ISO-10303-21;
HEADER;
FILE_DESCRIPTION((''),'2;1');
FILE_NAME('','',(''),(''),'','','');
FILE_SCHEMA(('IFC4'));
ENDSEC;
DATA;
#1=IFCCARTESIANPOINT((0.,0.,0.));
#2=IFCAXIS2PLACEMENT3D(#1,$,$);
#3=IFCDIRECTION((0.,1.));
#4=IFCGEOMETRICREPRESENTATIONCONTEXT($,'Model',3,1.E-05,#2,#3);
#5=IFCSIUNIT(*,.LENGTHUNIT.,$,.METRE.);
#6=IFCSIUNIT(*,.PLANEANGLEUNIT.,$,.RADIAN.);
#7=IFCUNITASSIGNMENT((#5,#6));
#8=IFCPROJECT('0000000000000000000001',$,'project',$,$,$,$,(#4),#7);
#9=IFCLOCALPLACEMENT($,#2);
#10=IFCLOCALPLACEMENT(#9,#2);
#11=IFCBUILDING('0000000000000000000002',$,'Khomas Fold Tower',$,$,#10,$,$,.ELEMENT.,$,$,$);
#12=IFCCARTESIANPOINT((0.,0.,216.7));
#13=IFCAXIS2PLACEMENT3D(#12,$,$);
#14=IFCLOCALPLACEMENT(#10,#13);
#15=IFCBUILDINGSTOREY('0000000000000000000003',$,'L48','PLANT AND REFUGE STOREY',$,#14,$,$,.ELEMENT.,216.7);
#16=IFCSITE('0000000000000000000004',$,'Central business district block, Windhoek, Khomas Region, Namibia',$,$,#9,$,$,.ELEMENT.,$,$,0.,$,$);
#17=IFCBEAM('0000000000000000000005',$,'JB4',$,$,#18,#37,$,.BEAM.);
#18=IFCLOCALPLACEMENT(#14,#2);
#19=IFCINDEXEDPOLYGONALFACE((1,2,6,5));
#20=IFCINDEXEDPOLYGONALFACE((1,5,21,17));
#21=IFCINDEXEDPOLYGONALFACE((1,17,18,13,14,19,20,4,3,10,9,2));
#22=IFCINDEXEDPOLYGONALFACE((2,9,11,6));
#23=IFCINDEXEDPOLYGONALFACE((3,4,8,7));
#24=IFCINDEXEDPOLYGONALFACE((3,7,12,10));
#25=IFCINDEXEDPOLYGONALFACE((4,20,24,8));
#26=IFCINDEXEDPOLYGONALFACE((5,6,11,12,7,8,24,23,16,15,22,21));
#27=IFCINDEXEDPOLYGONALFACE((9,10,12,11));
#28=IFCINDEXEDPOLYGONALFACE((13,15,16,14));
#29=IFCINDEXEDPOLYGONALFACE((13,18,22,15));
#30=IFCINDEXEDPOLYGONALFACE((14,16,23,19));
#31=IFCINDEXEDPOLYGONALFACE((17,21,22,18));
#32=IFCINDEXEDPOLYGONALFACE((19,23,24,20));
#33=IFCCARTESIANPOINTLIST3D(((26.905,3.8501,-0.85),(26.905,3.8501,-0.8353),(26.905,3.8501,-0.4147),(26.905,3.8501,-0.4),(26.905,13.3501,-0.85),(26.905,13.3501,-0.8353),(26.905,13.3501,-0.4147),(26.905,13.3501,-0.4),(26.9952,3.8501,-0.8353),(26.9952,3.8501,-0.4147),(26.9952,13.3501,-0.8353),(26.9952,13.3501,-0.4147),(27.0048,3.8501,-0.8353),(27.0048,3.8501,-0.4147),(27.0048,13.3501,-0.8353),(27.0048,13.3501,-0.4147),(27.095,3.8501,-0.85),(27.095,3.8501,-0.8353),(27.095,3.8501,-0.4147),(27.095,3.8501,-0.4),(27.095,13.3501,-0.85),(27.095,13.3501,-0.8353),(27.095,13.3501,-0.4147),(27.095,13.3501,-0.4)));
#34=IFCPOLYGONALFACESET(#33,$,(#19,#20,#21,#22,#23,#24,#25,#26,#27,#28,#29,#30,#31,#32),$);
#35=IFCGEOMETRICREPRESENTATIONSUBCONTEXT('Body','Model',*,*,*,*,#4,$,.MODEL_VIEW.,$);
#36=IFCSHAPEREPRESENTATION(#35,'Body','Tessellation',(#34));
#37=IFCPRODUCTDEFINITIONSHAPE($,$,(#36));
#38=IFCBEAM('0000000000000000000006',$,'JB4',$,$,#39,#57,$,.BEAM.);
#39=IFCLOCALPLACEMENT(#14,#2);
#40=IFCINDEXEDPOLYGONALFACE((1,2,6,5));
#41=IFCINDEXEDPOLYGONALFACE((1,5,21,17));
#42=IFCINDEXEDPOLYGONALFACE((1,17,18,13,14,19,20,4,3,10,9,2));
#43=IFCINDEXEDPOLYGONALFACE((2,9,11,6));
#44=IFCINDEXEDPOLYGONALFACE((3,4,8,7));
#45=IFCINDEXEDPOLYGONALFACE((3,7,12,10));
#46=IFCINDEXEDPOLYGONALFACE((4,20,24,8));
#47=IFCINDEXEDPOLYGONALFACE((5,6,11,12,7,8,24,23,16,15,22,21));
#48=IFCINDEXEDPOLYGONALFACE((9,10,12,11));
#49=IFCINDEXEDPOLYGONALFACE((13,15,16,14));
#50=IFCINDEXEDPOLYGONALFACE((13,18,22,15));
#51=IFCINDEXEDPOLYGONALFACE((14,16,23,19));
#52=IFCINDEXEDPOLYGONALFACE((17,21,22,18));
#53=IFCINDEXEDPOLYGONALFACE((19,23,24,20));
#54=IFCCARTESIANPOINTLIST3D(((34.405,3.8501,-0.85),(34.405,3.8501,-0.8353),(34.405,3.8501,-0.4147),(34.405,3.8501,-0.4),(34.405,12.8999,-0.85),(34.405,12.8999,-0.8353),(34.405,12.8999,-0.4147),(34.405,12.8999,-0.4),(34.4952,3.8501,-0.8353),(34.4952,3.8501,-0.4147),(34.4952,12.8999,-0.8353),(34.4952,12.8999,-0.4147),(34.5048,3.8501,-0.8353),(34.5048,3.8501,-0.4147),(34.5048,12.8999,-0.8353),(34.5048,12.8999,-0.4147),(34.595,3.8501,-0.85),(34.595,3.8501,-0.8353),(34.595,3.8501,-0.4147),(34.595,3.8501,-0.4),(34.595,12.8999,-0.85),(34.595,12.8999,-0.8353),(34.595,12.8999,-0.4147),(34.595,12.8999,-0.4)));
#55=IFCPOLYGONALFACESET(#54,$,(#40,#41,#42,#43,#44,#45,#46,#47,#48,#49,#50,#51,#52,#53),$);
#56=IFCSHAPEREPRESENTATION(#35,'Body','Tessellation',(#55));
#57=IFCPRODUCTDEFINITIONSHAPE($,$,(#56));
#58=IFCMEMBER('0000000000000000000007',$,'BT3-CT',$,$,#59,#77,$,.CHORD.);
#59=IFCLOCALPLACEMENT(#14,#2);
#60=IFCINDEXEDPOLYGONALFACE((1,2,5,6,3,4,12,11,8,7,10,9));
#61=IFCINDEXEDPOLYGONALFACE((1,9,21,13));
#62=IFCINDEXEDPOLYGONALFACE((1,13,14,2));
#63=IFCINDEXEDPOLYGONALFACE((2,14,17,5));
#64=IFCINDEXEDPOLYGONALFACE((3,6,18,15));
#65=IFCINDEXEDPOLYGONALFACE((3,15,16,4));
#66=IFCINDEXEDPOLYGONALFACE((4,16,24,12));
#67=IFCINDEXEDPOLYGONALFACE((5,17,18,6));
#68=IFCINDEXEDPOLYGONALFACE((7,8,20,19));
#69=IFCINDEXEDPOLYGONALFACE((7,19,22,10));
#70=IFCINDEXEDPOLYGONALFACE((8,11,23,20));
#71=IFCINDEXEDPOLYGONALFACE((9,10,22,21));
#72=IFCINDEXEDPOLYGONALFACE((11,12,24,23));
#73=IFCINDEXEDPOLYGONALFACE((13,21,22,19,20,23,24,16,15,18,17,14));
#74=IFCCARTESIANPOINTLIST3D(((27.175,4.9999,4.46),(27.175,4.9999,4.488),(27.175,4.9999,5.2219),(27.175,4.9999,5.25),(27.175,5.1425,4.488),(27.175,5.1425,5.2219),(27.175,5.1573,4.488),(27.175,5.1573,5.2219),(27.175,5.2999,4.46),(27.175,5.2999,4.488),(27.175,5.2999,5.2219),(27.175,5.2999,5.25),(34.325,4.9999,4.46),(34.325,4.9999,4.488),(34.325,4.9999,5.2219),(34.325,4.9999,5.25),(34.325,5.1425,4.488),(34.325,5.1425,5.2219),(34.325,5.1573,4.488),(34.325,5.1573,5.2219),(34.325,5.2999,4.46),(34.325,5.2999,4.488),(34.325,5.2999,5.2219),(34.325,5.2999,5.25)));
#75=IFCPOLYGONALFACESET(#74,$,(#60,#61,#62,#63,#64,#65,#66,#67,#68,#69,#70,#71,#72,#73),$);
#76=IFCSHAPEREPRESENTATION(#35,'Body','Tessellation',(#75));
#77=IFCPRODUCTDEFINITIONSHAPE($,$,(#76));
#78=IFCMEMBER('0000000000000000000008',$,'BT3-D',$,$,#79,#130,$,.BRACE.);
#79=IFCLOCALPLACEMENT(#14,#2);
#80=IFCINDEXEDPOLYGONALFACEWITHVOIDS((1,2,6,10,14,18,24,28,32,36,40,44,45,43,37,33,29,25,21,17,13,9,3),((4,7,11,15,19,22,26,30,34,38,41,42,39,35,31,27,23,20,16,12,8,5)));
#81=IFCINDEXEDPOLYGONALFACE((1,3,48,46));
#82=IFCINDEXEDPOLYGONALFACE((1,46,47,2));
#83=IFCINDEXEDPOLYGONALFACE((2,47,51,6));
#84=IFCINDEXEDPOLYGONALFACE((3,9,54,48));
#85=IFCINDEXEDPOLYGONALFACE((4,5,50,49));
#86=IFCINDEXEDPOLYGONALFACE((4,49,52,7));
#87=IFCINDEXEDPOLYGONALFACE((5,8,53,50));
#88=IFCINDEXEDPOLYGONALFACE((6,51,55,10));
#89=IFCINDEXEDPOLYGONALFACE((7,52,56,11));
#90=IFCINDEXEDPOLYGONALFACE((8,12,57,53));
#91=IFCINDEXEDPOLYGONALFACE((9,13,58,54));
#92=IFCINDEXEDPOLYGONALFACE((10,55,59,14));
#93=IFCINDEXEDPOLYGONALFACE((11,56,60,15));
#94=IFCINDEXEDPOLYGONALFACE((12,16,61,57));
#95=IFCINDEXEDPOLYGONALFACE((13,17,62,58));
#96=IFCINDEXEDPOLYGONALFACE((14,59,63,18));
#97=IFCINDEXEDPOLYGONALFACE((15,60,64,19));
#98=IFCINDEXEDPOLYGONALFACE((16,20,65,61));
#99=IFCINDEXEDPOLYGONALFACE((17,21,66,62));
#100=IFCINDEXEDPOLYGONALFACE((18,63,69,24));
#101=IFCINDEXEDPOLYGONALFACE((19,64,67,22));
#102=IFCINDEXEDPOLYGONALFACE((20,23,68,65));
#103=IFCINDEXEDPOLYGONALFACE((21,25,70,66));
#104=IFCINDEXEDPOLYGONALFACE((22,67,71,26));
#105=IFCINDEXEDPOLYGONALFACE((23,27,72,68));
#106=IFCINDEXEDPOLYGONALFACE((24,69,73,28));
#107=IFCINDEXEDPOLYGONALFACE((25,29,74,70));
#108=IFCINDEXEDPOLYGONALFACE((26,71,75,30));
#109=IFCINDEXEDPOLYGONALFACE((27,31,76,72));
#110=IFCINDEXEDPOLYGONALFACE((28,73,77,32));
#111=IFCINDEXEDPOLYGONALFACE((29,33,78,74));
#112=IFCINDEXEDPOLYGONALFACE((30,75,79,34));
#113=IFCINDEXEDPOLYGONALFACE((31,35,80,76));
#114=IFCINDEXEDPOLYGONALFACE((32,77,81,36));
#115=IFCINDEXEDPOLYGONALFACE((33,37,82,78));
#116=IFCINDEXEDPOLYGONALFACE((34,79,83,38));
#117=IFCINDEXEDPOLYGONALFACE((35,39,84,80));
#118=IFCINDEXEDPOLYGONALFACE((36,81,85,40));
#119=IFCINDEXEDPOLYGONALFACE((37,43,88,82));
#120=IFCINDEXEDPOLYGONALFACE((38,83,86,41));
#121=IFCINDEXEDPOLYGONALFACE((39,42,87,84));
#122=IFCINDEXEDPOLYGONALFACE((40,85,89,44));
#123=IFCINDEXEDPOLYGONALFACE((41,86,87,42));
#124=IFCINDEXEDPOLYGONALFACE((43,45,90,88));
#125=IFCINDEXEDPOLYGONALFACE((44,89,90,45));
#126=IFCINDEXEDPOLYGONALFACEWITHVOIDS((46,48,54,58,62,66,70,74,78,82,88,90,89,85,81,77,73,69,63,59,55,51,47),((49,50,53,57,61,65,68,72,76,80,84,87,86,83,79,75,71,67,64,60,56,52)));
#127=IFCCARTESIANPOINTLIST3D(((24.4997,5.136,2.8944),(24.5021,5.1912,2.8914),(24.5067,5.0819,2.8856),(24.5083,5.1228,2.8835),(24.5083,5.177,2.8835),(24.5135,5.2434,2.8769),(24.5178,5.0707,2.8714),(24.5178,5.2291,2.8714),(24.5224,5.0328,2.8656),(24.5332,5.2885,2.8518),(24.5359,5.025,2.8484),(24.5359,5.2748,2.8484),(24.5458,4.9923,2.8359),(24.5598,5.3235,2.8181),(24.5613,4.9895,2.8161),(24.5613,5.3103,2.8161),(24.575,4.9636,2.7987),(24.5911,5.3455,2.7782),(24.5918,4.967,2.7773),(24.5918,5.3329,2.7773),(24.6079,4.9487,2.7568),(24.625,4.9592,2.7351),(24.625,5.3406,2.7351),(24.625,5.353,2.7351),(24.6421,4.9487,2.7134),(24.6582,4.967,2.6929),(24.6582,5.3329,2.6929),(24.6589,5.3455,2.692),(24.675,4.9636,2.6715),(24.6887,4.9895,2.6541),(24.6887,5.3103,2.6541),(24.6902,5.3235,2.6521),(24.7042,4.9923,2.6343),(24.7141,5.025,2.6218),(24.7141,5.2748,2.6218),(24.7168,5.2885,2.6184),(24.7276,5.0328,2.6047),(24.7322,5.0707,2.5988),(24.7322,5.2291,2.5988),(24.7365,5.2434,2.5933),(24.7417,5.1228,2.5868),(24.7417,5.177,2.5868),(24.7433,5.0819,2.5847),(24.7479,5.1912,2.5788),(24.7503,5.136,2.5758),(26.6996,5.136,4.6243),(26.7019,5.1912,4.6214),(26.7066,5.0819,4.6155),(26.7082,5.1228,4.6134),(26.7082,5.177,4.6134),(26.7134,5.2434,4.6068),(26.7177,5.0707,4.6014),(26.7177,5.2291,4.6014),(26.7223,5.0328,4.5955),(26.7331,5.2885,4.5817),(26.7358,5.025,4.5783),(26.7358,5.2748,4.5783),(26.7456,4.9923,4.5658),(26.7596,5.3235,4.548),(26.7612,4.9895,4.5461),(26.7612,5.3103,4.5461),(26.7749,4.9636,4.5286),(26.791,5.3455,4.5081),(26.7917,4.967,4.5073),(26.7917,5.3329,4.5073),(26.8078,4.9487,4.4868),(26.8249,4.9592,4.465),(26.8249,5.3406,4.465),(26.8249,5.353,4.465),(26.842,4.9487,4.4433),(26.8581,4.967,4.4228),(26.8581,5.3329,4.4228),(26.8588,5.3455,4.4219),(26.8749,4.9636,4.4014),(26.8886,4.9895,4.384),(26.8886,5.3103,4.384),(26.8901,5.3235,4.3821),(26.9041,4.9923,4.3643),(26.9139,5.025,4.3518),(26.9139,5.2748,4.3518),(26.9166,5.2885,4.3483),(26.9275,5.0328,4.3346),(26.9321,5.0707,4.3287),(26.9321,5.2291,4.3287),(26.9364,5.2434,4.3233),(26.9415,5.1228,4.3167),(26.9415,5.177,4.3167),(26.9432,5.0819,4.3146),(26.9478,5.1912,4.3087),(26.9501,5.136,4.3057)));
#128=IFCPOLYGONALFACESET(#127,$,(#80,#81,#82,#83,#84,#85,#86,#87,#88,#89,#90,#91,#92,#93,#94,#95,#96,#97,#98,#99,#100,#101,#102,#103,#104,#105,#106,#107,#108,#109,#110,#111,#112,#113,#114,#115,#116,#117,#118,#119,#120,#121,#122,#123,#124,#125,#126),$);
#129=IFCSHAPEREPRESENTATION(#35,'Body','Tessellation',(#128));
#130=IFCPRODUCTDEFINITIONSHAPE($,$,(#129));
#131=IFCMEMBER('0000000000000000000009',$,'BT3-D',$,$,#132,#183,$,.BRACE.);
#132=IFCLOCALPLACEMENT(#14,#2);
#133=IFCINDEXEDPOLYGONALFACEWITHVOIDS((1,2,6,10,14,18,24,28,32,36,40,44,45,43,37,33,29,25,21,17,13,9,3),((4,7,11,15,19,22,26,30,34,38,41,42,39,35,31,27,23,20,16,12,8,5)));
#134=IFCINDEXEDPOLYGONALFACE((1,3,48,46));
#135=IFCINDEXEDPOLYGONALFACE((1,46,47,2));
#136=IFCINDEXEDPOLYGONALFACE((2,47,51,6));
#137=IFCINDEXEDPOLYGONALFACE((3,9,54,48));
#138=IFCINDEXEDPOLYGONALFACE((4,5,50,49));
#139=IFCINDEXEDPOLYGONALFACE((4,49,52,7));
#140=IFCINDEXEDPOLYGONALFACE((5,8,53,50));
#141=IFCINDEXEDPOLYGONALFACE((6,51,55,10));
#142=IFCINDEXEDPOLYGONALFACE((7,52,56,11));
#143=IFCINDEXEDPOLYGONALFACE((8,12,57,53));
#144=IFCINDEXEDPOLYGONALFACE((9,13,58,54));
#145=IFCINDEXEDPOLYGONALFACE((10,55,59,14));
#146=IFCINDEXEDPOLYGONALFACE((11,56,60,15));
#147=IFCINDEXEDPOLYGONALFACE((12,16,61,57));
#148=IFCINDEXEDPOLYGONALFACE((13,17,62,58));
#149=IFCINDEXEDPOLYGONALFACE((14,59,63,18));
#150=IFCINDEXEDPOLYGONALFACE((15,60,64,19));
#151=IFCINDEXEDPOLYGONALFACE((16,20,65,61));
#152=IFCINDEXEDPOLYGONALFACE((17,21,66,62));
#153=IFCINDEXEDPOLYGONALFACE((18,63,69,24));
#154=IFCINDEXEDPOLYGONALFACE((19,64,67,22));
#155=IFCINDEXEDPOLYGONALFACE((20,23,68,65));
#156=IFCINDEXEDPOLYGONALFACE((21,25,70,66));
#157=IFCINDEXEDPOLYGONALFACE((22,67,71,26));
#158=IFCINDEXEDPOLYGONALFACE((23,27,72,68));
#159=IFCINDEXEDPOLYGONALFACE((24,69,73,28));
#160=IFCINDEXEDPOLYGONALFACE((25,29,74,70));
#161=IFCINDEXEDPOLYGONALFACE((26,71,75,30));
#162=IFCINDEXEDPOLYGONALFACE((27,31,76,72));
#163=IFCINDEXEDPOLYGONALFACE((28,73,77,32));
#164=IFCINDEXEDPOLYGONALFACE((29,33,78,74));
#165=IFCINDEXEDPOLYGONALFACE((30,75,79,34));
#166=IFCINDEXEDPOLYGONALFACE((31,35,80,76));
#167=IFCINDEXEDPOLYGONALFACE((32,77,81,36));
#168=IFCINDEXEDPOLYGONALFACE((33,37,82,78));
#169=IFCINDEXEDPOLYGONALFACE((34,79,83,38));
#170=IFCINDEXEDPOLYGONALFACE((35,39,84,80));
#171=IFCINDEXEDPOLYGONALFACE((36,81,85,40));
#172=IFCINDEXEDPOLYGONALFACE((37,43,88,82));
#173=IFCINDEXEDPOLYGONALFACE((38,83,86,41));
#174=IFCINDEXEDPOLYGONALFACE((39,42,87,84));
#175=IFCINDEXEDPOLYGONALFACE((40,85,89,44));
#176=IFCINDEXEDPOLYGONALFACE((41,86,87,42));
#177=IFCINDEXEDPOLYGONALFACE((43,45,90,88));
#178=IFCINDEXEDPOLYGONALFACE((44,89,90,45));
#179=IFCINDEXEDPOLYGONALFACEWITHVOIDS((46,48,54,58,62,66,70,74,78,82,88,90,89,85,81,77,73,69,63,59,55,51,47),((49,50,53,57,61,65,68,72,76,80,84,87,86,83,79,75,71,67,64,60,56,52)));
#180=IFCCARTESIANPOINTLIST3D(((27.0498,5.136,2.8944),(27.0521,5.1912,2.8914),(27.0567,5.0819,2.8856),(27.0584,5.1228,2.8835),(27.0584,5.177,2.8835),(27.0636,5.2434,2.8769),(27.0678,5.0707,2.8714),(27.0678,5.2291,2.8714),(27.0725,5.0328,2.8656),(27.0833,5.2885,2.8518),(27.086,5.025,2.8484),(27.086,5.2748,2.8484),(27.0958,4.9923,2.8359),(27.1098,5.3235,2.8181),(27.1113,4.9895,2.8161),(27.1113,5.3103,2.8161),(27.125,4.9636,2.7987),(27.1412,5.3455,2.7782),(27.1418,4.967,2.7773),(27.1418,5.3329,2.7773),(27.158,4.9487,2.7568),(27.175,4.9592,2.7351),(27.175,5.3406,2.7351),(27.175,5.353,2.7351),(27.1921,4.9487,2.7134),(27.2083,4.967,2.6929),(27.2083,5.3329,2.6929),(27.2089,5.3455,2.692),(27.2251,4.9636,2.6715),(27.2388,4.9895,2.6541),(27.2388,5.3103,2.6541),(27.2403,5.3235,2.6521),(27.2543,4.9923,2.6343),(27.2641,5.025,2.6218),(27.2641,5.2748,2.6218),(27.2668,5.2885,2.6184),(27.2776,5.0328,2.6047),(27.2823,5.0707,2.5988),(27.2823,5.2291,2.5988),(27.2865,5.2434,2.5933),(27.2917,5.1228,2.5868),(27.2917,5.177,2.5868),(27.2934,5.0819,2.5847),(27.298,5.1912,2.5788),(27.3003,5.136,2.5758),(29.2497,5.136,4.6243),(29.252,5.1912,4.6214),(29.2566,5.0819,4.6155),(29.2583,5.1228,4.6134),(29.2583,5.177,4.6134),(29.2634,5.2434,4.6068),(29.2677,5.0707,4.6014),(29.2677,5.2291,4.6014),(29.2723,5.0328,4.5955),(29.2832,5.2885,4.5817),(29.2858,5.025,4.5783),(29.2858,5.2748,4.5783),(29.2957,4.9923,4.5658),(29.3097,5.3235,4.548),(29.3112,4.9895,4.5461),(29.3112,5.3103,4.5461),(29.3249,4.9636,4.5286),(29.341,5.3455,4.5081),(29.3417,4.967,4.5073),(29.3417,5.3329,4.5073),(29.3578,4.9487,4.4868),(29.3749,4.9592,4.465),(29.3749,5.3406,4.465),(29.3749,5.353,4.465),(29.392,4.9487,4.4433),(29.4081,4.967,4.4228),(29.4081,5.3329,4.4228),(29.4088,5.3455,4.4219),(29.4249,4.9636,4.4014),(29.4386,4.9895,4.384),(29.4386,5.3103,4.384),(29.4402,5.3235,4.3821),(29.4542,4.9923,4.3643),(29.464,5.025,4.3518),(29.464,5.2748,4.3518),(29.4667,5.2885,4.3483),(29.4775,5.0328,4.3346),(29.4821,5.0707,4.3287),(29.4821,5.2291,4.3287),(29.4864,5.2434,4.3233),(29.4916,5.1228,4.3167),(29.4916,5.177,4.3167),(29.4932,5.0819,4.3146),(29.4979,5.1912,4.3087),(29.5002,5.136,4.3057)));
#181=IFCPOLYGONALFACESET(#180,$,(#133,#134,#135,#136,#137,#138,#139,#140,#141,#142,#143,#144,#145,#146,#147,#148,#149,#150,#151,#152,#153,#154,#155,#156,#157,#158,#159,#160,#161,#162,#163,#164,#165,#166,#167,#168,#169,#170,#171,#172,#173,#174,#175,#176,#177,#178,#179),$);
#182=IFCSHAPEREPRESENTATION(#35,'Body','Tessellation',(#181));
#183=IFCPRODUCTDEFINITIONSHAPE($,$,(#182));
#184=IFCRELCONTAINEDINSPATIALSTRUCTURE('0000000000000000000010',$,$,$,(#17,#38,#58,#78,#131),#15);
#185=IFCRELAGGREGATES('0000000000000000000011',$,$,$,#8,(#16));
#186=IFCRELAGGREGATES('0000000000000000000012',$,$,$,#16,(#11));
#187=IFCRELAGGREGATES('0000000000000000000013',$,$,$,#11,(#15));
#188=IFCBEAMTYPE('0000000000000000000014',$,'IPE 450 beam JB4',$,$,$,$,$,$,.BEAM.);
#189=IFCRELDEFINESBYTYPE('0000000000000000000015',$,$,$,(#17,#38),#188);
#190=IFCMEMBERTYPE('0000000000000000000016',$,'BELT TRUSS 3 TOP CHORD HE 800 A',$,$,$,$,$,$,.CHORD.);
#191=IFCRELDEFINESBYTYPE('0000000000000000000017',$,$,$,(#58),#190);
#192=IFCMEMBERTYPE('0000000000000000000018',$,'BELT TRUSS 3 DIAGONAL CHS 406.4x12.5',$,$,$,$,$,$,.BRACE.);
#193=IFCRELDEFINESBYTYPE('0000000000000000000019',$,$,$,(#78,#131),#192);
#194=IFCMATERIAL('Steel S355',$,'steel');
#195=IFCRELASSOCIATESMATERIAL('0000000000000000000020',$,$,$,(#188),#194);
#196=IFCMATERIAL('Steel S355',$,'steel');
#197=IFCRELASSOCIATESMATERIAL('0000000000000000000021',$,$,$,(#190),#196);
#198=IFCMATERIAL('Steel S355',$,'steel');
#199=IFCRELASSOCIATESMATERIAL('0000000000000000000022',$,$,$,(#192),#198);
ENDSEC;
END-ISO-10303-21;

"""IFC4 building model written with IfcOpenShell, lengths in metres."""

from ifc_helpers import new_model, si_unit, direction, frame, origin, origin_2d, place, context, subcontext, project, spatial, hollow_circle, i_section, extrude, source, transform, mapped, material, material_profile, profile_set, type_object, element, save


model = new_model("IFC4")

# Units and contexts
model_context = context("Model", 3, precision=1e-05, world=origin(), true_north=direction((0.0, 1.0)))
body_context = subcontext(model_context, "Body", "Model", "MODEL_VIEW")
ifc_project = project(units=[si_unit("LENGTHUNIT", "METRE"), si_unit("PLANEANGLEUNIT", "RADIAN")], contexts=[model_context])

# Site, building, storey
site_placement = place(None, origin())
site = spatial("IfcSite", under=ifc_project, at=site_placement, Name="Central business district block, Windhoek, Khomas Region, Namibia", CompositionType="ELEMENT", RefElevation=0.0)
building_placement = place(site_placement, origin())
building = spatial("IfcBuilding", under=site, at=building_placement, Name="Khomas Fold Tower", CompositionType="ELEMENT")
storey_placement = place(building_placement, frame((0.0, 0.0, 216.7)))
storey = spatial("IfcBuildingStorey", under=building, at=storey_placement, Name="L48", Description="PLANT AND REFUGE STOREY", CompositionType="ELEMENT", Elevation=216.7)

# Beams
ifc_material_1 = material(Name="Steel S355", Category="steel")
ifc_material_profile_1 = material_profile(ifc_material_1, i_section(OverallWidth=0.1899, OverallDepth=0.45, WebThickness=0.0095, FlangeThickness=0.0146, at=origin_2d()), Name="IPE 450")
ifc_profile_set_1 = profile_set([ifc_material_profile_1], Name="Steel S355")
beam_type = type_object("IfcBeamType", Name="IPE 450 beam JB4", PredefinedType="BEAM", material=ifc_profile_set_1)
shared_shape_1 = source(origin(), body_context, "Body", "SweptSolid", [
    extrude(i_section(OverallWidth=0.1899, OverallDepth=0.45, WebThickness=0.0095, FlangeThickness=0.0146, at=origin_2d()), origin(), (0.0, 0.0, 1.0), 9.5),
])
beam_1_placement = place(storey_placement, frame((27.0, 3.8501, -0.625), z_axis=(0.0, 1.0, 0.0), x_axis=(-1.0, 0.0, 0.0)))
element("IfcBeam", 1, at=beam_1_placement, inside=storey, type_object=beam_type, Name="JB4", PredefinedType="BEAM", context=body_context, shape_type="MappedRepresentation", body=[
    mapped(shared_shape_1, transform((0.0, 0.0, 0.0))),
])
shared_shape_2 = source(origin(), body_context, "Body", "SweptSolid", [
    extrude(i_section(OverallWidth=0.1899, OverallDepth=0.45, WebThickness=0.0095, FlangeThickness=0.0146, at=origin_2d()), origin(), (0.0, 0.0, 1.0), 9.0498),
])
beam_2_placement = place(storey_placement, frame((34.5, 3.8501, -0.625), z_axis=(0.0, 1.0, 0.0), x_axis=(-1.0, 0.0, 0.0)))
element("IfcBeam", 2, at=beam_2_placement, inside=storey, type_object=beam_type, Name="JB4", PredefinedType="BEAM", context=body_context, shape_type="MappedRepresentation", body=[
    mapped(shared_shape_2, transform((0.0, 0.0, 0.0))),
])

# Members
ifc_material_2 = material(Name="Steel S355", Category="steel")
ifc_material_profile_2 = material_profile(ifc_material_2, i_section(OverallWidth=0.3, OverallDepth=0.79, WebThickness=0.0149, FlangeThickness=0.0281, at=origin_2d()), Name="HE 800 A")
ifc_profile_set_2 = profile_set([ifc_material_profile_2], Name="Steel S355")
member_type_1 = type_object("IfcMemberType", Name="BELT TRUSS 3 TOP CHORD HE 800 A", PredefinedType="CHORD", material=ifc_profile_set_2)
shared_shape_3 = source(origin(), body_context, "Body", "SweptSolid", [
    extrude(i_section(OverallWidth=0.3, OverallDepth=0.79, WebThickness=0.0149, FlangeThickness=0.0281, at=origin_2d()), origin(), (0.0, 0.0, 1.0), 7.1499),
])
member_1_placement = place(storey_placement, frame((27.175, 5.1499, 4.855), z_axis=(1.0, 0.0, 0.0), x_axis=(0.0, 1.0, 0.0)))
element("IfcMember", 3, at=member_1_placement, inside=storey, type_object=member_type_1, Name="BT3-CT", PredefinedType="CHORD", context=body_context, shape_type="MappedRepresentation", body=[
    mapped(shared_shape_3, transform((0.0, 0.0, 0.0))),
])
ifc_material_3 = material(Name="Steel S355", Category="steel")
ifc_material_profile_3 = material_profile(ifc_material_3, hollow_circle(Radius=0.2031, WallThickness=0.0125, at=origin_2d()), Name="CHS 406.4x12.5")
ifc_profile_set_3 = profile_set([ifc_material_profile_3], Name="Steel S355")
member_type_2 = type_object("IfcMemberType", Name="BELT TRUSS 3 DIAGONAL CHS 406.4x12.5", PredefinedType="BRACE", material=ifc_profile_set_3)
shared_shape_4 = source(origin(), body_context, "Body", "SweptSolid", [
    extrude(hollow_circle(Radius=0.2031, WallThickness=0.0125, at=origin_2d()), origin(), (0.0, 0.0, 1.0), 2.7986),
])
for number, where, z_axis, x_axis, name in (
    (4, (24.625, 5.1499, 2.7351), (0.786067, 0.0, 0.618141), (0.0, 1.0, 0.0), "BT3-D"),
    (5, (27.175, 5.1499, 2.7351), (0.786067, 0.0, 0.618141), (0.0, 1.0, 0.0), "BT3-D"),
):
    element("IfcMember", number, at=place(storey_placement, frame(where, z_axis=z_axis, x_axis=x_axis)), inside=storey, type_object=member_type_2, Name=name, PredefinedType="BRACE", context=body_context, shape_type="MappedRepresentation", body=[
        mapped(shared_shape_4, transform((0.0, 0.0, 0.0))),
    ])

save(model, "model.ifc")
